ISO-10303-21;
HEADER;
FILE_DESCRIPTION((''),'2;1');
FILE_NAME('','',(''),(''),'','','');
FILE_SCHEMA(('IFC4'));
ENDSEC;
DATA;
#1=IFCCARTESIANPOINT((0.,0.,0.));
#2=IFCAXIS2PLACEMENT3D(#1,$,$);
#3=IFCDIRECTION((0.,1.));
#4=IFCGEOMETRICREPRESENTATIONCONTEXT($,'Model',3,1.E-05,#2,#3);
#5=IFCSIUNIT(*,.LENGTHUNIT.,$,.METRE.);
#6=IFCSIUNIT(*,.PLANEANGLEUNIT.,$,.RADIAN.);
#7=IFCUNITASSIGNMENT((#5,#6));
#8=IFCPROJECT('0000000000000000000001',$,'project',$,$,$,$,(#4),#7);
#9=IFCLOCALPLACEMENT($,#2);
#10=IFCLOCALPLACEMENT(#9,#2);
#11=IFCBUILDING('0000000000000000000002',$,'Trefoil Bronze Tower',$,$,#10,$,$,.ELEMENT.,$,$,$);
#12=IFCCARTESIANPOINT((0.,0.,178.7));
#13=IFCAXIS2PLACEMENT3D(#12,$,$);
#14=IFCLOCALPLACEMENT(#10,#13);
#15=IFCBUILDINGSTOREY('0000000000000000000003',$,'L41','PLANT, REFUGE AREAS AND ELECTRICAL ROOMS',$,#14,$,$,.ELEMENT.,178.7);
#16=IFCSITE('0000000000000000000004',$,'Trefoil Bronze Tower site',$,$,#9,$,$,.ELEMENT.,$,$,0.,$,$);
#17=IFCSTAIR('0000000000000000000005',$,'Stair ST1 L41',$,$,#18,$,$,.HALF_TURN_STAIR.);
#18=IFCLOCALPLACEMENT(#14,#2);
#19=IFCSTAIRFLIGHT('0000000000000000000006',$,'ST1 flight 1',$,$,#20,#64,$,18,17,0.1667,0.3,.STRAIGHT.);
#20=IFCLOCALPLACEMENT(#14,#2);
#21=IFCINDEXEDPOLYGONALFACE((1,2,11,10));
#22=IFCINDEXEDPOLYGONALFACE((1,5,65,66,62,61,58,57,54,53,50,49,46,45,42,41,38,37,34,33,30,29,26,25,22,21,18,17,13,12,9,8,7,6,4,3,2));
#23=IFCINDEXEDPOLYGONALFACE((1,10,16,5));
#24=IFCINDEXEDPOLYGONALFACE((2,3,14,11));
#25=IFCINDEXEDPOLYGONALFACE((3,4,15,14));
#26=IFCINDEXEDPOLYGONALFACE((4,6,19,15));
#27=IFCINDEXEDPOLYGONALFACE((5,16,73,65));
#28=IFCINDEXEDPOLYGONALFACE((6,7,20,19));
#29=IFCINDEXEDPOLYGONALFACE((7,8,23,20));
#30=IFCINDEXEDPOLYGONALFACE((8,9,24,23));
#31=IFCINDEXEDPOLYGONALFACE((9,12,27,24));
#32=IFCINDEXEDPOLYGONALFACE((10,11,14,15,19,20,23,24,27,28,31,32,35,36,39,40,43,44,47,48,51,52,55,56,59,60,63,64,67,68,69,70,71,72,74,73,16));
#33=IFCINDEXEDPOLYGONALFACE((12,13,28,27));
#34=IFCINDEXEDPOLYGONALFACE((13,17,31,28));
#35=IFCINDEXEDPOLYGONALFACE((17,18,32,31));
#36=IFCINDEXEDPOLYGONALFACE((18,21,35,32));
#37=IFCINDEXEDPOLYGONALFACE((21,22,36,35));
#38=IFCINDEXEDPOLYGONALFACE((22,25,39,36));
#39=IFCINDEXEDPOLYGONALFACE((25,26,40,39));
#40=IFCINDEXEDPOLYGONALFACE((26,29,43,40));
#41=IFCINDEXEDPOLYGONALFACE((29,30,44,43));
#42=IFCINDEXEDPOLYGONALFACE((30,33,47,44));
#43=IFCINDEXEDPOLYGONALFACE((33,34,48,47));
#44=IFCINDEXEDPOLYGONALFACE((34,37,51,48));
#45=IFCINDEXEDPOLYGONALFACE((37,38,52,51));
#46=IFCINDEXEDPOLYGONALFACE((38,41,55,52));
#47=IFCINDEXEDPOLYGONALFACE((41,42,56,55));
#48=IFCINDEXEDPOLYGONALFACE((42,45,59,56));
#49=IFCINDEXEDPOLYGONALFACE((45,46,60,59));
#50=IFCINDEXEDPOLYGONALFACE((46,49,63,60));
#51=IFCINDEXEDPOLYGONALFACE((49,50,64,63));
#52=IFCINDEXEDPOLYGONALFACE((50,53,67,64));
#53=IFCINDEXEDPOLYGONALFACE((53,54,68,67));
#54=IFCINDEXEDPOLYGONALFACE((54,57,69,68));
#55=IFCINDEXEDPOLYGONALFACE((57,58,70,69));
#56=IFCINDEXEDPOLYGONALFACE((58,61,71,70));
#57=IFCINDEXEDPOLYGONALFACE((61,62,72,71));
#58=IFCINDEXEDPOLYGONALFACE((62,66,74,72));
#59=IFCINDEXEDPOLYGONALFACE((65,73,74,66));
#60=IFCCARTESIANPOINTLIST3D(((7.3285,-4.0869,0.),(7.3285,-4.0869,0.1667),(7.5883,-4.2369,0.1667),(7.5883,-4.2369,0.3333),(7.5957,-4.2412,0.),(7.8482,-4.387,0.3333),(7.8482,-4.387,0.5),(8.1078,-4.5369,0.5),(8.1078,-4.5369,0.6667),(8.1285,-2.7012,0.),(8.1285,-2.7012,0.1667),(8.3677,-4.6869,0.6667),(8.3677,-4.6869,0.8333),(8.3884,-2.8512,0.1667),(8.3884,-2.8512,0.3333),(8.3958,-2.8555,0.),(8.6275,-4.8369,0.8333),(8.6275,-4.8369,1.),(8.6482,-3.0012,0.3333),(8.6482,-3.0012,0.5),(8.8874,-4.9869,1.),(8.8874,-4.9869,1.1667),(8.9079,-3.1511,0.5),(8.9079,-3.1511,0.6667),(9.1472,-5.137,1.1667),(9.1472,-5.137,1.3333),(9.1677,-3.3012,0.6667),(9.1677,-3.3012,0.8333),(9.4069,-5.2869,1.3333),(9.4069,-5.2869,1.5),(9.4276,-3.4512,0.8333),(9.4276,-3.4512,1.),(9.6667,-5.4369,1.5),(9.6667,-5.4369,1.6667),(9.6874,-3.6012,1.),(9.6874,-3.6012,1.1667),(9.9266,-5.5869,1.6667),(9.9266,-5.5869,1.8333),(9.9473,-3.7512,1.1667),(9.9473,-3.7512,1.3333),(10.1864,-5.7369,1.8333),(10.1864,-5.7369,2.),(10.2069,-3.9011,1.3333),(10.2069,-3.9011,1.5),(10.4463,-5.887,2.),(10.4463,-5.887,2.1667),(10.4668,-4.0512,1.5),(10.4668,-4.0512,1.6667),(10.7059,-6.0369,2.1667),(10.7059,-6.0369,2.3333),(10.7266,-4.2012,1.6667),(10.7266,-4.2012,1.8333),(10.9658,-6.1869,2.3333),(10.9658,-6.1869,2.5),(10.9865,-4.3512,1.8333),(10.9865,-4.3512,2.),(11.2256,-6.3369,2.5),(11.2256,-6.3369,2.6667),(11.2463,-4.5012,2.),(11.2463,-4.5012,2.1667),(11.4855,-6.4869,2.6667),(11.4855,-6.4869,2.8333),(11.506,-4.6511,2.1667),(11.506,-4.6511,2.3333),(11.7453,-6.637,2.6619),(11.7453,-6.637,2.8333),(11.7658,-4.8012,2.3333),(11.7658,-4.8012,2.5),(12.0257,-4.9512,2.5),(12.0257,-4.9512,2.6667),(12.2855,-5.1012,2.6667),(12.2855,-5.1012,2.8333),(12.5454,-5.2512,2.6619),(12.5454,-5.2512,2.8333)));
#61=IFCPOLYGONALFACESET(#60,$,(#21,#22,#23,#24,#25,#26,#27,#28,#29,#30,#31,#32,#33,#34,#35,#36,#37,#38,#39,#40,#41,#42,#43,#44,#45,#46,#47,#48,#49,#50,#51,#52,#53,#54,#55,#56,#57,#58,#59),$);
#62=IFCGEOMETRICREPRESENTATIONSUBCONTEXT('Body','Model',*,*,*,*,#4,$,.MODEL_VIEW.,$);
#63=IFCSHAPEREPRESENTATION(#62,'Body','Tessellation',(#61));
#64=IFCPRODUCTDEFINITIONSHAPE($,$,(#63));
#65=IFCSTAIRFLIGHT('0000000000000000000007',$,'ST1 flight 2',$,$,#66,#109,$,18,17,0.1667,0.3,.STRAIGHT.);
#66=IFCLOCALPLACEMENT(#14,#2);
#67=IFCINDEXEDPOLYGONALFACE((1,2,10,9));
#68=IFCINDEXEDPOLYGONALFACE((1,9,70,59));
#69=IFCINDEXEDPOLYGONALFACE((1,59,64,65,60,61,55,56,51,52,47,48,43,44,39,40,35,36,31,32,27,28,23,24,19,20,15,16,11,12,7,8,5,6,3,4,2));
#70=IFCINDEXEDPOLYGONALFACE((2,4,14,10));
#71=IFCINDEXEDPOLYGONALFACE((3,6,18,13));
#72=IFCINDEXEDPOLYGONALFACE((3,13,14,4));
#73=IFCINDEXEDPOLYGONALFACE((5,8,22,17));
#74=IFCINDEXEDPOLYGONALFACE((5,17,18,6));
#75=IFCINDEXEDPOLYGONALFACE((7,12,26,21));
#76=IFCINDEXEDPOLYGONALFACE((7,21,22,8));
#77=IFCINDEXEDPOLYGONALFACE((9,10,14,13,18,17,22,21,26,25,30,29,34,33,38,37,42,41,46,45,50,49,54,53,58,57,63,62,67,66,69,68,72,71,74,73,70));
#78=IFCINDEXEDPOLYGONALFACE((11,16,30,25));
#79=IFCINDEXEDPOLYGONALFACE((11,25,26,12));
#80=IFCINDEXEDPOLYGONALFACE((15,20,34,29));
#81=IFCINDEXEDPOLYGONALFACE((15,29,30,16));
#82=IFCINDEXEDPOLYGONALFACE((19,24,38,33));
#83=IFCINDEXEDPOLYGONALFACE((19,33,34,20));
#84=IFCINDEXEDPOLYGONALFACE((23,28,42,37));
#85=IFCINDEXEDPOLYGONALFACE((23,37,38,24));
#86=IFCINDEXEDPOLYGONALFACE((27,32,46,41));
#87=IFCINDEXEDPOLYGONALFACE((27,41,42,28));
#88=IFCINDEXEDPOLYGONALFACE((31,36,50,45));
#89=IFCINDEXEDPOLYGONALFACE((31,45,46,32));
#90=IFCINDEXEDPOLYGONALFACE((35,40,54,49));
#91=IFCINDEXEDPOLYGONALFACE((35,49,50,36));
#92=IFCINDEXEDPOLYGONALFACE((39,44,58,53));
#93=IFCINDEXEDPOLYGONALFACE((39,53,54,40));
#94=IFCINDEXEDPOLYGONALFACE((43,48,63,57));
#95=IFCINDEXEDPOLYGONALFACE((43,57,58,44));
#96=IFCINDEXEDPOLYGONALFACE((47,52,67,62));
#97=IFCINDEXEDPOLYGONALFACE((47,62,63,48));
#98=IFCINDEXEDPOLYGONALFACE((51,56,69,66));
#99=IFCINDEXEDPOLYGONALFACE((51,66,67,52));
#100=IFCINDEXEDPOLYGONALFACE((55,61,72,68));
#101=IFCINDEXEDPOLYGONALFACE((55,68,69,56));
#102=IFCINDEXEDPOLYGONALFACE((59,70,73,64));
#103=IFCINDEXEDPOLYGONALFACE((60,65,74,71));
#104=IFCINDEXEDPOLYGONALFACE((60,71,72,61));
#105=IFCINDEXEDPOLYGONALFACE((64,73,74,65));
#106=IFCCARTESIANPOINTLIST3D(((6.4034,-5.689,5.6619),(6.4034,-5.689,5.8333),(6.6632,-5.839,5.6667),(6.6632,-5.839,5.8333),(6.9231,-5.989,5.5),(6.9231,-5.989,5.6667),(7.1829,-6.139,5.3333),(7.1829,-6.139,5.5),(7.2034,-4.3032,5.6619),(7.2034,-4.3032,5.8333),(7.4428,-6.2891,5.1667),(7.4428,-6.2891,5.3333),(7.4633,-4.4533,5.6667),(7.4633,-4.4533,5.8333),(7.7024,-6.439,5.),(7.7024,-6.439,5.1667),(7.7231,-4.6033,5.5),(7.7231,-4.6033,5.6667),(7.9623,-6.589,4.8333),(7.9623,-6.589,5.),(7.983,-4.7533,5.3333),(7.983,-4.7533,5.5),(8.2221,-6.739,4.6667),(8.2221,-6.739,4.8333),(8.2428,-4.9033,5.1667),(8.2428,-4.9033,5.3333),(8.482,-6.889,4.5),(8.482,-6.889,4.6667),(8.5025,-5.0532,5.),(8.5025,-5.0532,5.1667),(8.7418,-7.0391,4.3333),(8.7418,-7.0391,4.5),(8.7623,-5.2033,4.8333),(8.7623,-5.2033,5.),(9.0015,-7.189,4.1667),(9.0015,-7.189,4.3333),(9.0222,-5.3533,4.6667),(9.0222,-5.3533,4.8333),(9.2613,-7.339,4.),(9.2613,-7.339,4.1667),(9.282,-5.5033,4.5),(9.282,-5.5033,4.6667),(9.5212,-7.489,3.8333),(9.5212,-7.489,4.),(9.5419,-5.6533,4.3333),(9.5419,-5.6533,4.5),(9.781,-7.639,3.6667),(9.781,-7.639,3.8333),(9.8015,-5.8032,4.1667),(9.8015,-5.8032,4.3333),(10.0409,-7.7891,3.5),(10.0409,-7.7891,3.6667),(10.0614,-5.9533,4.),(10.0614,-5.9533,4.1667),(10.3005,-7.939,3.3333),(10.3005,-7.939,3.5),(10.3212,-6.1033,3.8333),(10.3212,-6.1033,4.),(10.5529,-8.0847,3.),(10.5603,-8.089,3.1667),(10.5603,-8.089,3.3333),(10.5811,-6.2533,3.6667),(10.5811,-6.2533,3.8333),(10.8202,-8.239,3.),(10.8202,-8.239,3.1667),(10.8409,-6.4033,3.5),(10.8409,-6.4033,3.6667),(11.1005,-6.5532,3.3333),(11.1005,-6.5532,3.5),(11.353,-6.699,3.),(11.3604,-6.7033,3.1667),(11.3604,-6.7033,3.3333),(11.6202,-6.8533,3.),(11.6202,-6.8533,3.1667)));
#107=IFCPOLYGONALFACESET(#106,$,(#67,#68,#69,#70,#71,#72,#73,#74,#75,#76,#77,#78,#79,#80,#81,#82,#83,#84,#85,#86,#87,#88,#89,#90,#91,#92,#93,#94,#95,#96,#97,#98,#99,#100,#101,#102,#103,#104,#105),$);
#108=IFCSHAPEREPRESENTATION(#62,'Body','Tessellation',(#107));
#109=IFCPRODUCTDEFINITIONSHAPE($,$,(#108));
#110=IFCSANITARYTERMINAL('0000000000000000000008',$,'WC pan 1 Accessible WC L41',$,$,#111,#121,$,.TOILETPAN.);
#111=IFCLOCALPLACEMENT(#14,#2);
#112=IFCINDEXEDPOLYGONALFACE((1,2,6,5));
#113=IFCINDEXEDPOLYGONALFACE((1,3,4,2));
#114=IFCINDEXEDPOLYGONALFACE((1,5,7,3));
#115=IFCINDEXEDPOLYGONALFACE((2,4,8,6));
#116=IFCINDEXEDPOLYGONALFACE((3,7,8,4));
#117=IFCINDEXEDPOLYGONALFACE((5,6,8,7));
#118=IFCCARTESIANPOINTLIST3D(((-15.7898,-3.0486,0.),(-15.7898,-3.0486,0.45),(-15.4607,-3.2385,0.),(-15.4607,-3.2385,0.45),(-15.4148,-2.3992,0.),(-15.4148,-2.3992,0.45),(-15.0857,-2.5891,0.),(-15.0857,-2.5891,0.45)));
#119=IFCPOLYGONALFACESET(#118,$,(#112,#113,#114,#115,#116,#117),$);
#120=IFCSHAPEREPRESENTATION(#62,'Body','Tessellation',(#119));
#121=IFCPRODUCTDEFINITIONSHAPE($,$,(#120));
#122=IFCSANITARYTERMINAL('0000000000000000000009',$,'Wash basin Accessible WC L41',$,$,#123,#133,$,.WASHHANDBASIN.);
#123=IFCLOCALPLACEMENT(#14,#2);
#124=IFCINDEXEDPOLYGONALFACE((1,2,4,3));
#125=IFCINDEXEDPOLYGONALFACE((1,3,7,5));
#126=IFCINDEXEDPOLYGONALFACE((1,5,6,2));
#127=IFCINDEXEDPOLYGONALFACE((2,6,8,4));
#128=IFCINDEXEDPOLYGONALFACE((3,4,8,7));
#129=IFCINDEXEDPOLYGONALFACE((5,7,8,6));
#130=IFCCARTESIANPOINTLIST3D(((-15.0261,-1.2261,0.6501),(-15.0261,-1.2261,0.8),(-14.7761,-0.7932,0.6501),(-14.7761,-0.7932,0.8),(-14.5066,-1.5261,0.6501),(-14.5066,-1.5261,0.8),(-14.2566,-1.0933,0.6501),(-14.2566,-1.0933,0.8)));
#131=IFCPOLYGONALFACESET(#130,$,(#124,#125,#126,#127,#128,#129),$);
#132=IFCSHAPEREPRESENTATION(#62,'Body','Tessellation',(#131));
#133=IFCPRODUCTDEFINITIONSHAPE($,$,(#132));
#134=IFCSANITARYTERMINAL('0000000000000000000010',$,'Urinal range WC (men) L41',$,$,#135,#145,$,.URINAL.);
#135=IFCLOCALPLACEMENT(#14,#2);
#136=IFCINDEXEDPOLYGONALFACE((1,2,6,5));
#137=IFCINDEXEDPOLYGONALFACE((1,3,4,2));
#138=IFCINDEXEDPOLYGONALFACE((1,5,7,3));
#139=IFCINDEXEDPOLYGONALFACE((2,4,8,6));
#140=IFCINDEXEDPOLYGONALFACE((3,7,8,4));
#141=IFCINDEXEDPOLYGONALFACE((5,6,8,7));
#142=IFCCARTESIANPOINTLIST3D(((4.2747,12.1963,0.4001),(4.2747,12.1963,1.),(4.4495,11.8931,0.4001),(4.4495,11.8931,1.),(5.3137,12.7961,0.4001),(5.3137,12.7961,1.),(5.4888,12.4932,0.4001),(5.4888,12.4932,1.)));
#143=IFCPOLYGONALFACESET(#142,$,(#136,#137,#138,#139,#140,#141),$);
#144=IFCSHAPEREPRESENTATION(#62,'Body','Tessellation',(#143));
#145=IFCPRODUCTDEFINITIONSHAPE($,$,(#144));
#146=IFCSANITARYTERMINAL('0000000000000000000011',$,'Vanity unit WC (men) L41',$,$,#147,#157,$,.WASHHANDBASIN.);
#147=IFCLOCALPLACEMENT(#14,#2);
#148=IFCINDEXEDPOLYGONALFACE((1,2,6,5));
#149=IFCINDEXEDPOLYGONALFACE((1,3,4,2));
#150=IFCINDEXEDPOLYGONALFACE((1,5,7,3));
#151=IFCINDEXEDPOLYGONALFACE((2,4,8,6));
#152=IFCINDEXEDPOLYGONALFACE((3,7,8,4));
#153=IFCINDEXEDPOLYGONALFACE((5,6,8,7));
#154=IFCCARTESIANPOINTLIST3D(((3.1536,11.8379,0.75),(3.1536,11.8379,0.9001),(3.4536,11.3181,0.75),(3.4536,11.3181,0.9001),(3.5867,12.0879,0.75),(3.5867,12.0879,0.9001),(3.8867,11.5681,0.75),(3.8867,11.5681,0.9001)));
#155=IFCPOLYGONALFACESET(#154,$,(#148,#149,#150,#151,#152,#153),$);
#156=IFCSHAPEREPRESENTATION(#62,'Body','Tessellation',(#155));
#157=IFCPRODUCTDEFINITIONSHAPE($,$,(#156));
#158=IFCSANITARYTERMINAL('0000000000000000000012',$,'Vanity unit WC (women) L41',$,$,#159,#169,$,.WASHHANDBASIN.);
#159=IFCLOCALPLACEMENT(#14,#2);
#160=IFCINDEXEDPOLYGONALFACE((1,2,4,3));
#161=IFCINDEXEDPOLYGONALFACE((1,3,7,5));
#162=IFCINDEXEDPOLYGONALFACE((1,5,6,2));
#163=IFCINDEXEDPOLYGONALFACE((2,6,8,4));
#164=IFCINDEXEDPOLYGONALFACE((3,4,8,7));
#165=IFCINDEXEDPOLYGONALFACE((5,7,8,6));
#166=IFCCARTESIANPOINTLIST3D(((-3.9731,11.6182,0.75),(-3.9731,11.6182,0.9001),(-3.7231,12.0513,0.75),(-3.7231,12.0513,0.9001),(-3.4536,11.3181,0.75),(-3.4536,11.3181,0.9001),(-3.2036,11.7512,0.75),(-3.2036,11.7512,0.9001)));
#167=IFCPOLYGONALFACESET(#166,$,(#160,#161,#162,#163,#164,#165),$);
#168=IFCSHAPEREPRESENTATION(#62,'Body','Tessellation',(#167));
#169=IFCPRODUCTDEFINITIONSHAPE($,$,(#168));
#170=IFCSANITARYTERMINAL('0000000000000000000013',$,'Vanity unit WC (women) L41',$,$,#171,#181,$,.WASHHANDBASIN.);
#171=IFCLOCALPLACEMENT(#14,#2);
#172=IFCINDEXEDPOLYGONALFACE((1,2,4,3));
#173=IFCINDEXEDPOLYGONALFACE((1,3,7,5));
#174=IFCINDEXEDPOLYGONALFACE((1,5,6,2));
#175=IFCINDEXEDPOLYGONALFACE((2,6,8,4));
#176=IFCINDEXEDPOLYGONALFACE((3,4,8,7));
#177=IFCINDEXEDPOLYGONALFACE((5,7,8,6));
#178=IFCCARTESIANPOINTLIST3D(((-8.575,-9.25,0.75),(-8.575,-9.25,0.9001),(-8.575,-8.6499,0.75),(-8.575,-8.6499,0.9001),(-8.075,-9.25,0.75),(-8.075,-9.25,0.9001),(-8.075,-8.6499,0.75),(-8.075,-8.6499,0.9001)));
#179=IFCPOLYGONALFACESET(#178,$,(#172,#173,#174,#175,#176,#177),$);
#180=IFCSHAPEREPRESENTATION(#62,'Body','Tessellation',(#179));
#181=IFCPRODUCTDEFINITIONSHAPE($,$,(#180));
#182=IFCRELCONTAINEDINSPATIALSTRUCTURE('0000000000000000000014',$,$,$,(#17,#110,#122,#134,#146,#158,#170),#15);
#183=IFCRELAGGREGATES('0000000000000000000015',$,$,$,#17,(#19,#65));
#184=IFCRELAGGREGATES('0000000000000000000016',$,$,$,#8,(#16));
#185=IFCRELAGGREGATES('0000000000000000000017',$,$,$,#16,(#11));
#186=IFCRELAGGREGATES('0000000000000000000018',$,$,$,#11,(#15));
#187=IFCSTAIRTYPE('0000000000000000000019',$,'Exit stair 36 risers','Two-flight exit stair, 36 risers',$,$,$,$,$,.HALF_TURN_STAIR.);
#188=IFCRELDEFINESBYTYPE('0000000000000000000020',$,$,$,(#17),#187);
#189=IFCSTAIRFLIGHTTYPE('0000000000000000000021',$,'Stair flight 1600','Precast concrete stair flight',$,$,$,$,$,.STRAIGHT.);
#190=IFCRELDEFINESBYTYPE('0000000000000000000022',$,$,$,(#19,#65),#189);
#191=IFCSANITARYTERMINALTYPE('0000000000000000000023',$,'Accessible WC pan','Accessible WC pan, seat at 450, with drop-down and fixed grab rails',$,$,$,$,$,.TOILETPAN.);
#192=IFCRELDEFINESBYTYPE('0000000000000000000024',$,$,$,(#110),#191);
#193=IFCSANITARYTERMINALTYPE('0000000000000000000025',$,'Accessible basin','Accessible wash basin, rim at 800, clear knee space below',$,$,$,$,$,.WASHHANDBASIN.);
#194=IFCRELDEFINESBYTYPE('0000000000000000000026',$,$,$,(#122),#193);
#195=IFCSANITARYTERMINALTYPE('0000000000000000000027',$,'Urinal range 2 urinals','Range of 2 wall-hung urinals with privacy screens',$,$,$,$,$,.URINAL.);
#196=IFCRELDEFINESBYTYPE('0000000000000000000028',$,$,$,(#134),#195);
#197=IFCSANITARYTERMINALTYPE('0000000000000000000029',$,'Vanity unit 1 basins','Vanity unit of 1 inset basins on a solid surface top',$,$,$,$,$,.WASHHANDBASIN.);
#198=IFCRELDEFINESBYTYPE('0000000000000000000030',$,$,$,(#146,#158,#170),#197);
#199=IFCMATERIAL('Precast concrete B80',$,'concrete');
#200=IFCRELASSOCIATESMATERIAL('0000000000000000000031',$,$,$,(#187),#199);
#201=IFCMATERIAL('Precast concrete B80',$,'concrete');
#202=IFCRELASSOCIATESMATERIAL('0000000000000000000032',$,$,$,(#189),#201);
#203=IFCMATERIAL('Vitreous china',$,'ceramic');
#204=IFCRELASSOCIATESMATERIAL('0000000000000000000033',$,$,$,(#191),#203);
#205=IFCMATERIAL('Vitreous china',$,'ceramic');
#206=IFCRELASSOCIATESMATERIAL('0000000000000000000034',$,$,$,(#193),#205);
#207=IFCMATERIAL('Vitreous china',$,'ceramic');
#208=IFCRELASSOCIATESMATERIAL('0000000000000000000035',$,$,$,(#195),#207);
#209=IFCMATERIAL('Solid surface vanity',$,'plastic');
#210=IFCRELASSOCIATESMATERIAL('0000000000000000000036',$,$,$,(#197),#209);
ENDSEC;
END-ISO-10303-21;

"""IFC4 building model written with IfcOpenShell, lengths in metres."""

from ifc_helpers import new_model, si_unit, direction, frame, origin, place, context, subcontext, project, spatial, polyline, outline, extrude, material, type_object, element, aggregate, save


model = new_model("IFC4")

# Units and contexts
model_context = context("Model", 3, precision=1e-05, world=origin(), true_north=direction((0.0, 1.0)))
body_context = subcontext(model_context, "Body", "Model", "MODEL_VIEW")
ifc_project = project(units=[si_unit("LENGTHUNIT", "METRE"), si_unit("PLANEANGLEUNIT", "RADIAN")], contexts=[model_context])

# Site, building, storey
site_placement = place(None, origin())
site = spatial("IfcSite", under=ifc_project, at=site_placement, Name="Trefoil Bronze Tower site", CompositionType="ELEMENT", RefElevation=0.0)
building_placement = place(site_placement, origin())
building = spatial("IfcBuilding", under=site, at=building_placement, Name="Trefoil Bronze Tower", CompositionType="ELEMENT")
storey_placement = place(building_placement, frame((0.0, 0.0, 178.7)))
storey = spatial("IfcBuildingStorey", under=building, at=storey_placement, Name="L41", Description="PLANT, REFUGE AREAS AND ELECTRICAL ROOMS", CompositionType="ELEMENT", Elevation=178.7)

# Stair, stair flights
ifc_material_1 = material(Name="Precast concrete B80", Category="concrete")
stair_type = type_object("IfcStairType", Name="Exit stair 36 risers", Description="Two-flight exit stair, 36 risers", PredefinedType="HALF_TURN_STAIR", material=ifc_material_1)
stair_placement = place(storey_placement, origin())
stair = element("IfcStair", 1, at=stair_placement, inside=storey, type_object=stair_type, Name="Stair ST1 L41", PredefinedType="HALF_TURN_STAIR")
ifc_material_2 = material(Name="Precast concrete B80", Category="concrete")
stair_flight_type = type_object("IfcStairFlightType", Name="Stair flight 1600", Description="Precast concrete stair flight", PredefinedType="STRAIGHT", material=ifc_material_2)
stair_flight_1_placement = place(storey_placement, frame((7.7285, -3.394, 0.0), z_axis=(0.0, 0.0, 1.0), x_axis=(0.866025, -0.5, 0.0)))
stair_flight_1 = element("IfcStairFlight", 2, at=stair_flight_1_placement, type_object=stair_flight_type, Name="ST1 flight 1", NumberOfRisers=18, NumberOfTreads=17, PredefinedType="STRAIGHT", RiserHeight=0.1667, TreadLength=0.3, context=body_context, shape_type="SweptSolid", body=[
    extrude(outline(polyline([(0.0, 0.0), (0.0, 0.1667), (0.3, 0.1667), (0.3, 0.3333), (0.6001, 0.3333), (0.6001, 0.5), (0.8999, 0.5), (0.8999, 0.6667), (1.2, 0.6667), (1.2, 0.8333), (1.5, 0.8333), (1.5, 1.0), (1.8, 1.0), (1.8, 1.1667), (2.1001, 1.1667), (2.1001, 1.3333), (2.3999, 1.3333), (2.3999, 1.5), (2.7, 1.5), (2.7, 1.6667), (3.0, 1.6667), (3.0, 1.8333), (3.3, 1.8333), (3.3, 2.0), (3.6001, 2.0), (3.6001, 2.1667), (3.8999, 2.1667), (3.8999, 2.3333), (4.2, 2.3333), (4.2, 2.5), (4.5, 2.5), (4.5, 2.6667), (4.8, 2.6667), (4.8, 2.8333), (5.1001, 2.8333), (5.1001, 3.0), (5.1001, 2.6619), (0.3086, 0.0), (0.0, 0.0)])), frame((0.0, 0.8, 0.0), z_axis=(0.0, -1.0, 0.0), x_axis=(1.0, 0.0, 0.0)), (0.0, 0.0, 1.0), 1.6001),
])
stair_flight_2_placement = place(storey_placement, frame((11.2202, -7.5461, 3.0), z_axis=(0.0, 0.0, 1.0), x_axis=(-0.866025, 0.5, 0.0)))
stair_flight_2 = element("IfcStairFlight", 3, at=stair_flight_2_placement, type_object=stair_flight_type, Name="ST1 flight 2", NumberOfRisers=18, NumberOfTreads=17, PredefinedType="STRAIGHT", RiserHeight=0.1667, TreadLength=0.3, context=body_context, shape_type="SweptSolid", body=[
    extrude(outline(polyline([(0.0, 0.0), (0.0, 0.1667), (0.3, 0.1667), (0.3, 0.3333), (0.6001, 0.3333), (0.6001, 0.5), (0.8999, 0.5), (0.8999, 0.6667), (1.2, 0.6667), (1.2, 0.8333), (1.5, 0.8333), (1.5, 1.0), (1.8, 1.0), (1.8, 1.1667), (2.1001, 1.1667), (2.1001, 1.3333), (2.3999, 1.3333), (2.3999, 1.5), (2.7, 1.5), (2.7, 1.6667), (3.0, 1.6667), (3.0, 1.8333), (3.3, 1.8333), (3.3, 2.0), (3.6001, 2.0), (3.6001, 2.1667), (3.8999, 2.1667), (3.8999, 2.3333), (4.2, 2.3333), (4.2, 2.5), (4.5, 2.5), (4.5, 2.6667), (4.8, 2.6667), (4.8, 2.8333), (5.1001, 2.8333), (5.1001, 3.0), (5.1001, 2.6619), (0.3086, 0.0), (0.0, 0.0)])), frame((0.0, 0.8, 0.0), z_axis=(0.0, -1.0, 0.0), x_axis=(1.0, 0.0, 0.0)), (0.0, 0.0, 1.0), 1.6001),
])
aggregate(stair, [stair_flight_1, stair_flight_2])

# Sanitary terminals
ifc_material_3 = material(Name="Vitreous china", Category="ceramic")
sanitary_terminal_type_1 = type_object("IfcSanitaryTerminalType", Name="Accessible WC pan", Description="Accessible WC pan, seat at 450, with drop-down and fixed grab rails", PredefinedType="TOILETPAN", material=ifc_material_3)
sanitary_terminal_1_placement = place(storey_placement, origin())
element("IfcSanitaryTerminal", 4, at=sanitary_terminal_1_placement, inside=storey, type_object=sanitary_terminal_type_1, Name="WC pan 1 Accessible WC L41", PredefinedType="TOILETPAN", context=body_context, shape_type="SweptSolid", body=[
    extrude(outline(polyline([(-15.0857, -2.5891), (-15.4607, -3.2385), (-15.7898, -3.0486), (-15.4148, -2.3992), (-15.0857, -2.5891)])), origin(), (0.0, 0.0, 1.0), 0.45),
])
ifc_material_4 = material(Name="Vitreous china", Category="ceramic")
sanitary_terminal_type_2 = type_object("IfcSanitaryTerminalType", Name="Accessible basin", Description="Accessible wash basin, rim at 800, clear knee space below", PredefinedType="WASHHANDBASIN", material=ifc_material_4)
sanitary_terminal_2_placement = place(storey_placement, frame((0.0, 0.0, 0.6501)))
element("IfcSanitaryTerminal", 5, at=sanitary_terminal_2_placement, inside=storey, type_object=sanitary_terminal_type_2, Name="Wash basin Accessible WC L41", PredefinedType="WASHHANDBASIN", context=body_context, shape_type="SweptSolid", body=[
    extrude(outline(polyline([(-14.2566, -1.0933), (-14.5066, -1.5261), (-15.0261, -1.2261), (-14.7761, -0.7932), (-14.2566, -1.0933)])), origin(), (0.0, 0.0, 1.0), 0.1499),
])
ifc_material_5 = material(Name="Vitreous china", Category="ceramic")
sanitary_terminal_type_3 = type_object("IfcSanitaryTerminalType", Name="Urinal range 2 urinals", Description="Range of 2 wall-hung urinals with privacy screens", PredefinedType="URINAL", material=ifc_material_5)
sanitary_terminal_3_placement = place(storey_placement, frame((0.0, 0.0, 0.4001)))
element("IfcSanitaryTerminal", 6, at=sanitary_terminal_3_placement, inside=storey, type_object=sanitary_terminal_type_3, Name="Urinal range WC (men) L41", PredefinedType="URINAL", context=body_context, shape_type="SweptSolid", body=[
    extrude(outline(polyline([(4.4495, 11.8931), (4.2747, 12.1963), (5.3137, 12.7961), (5.4888, 12.4932), (4.4495, 11.8931)])), origin(), (0.0, 0.0, 1.0), 0.5999),
])
ifc_material_6 = material(Name="Solid surface vanity", Category="plastic")
sanitary_terminal_type_4 = type_object("IfcSanitaryTerminalType", Name="Vanity unit 1 basins", Description="Vanity unit of 1 inset basins on a solid surface top", PredefinedType="WASHHANDBASIN", material=ifc_material_6)
sanitary_terminal_4_placement = place(storey_placement, frame((0.0, 0.0, 0.75)))
element("IfcSanitaryTerminal", 7, at=sanitary_terminal_4_placement, inside=storey, type_object=sanitary_terminal_type_4, Name="Vanity unit WC (men) L41", PredefinedType="WASHHANDBASIN", context=body_context, shape_type="SweptSolid", body=[
    extrude(outline(polyline([(3.4536, 11.3181), (3.1536, 11.8379), (3.5867, 12.0879), (3.8867, 11.5681), (3.4536, 11.3181)])), origin(), (0.0, 0.0, 1.0), 0.1501),
])
sanitary_terminal_5_placement = place(storey_placement, frame((0.0, 0.0, 0.75)))
element("IfcSanitaryTerminal", 8, at=sanitary_terminal_5_placement, inside=storey, type_object=sanitary_terminal_type_4, Name="Vanity unit WC (women) L41", PredefinedType="WASHHANDBASIN", context=body_context, shape_type="SweptSolid", body=[
    extrude(outline(polyline([(-3.4536, 11.3181), (-3.2036, 11.7512), (-3.7231, 12.0513), (-3.9731, 11.6182), (-3.4536, 11.3181)])), origin(), (0.0, 0.0, 1.0), 0.1501),
])
sanitary_terminal_6_placement = place(storey_placement, frame((0.0, 0.0, 0.75)))
element("IfcSanitaryTerminal", 9, at=sanitary_terminal_6_placement, inside=storey, type_object=sanitary_terminal_type_4, Name="Vanity unit WC (women) L41", PredefinedType="WASHHANDBASIN", context=body_context, shape_type="SweptSolid", body=[
    extrude(outline(polyline([(-8.075, -8.6499), (-8.575, -8.6499), (-8.575, -9.25), (-8.075, -9.25), (-8.075, -8.6499)])), origin(), (0.0, 0.0, 1.0), 0.1501),
])

save(model, "model.ifc")
